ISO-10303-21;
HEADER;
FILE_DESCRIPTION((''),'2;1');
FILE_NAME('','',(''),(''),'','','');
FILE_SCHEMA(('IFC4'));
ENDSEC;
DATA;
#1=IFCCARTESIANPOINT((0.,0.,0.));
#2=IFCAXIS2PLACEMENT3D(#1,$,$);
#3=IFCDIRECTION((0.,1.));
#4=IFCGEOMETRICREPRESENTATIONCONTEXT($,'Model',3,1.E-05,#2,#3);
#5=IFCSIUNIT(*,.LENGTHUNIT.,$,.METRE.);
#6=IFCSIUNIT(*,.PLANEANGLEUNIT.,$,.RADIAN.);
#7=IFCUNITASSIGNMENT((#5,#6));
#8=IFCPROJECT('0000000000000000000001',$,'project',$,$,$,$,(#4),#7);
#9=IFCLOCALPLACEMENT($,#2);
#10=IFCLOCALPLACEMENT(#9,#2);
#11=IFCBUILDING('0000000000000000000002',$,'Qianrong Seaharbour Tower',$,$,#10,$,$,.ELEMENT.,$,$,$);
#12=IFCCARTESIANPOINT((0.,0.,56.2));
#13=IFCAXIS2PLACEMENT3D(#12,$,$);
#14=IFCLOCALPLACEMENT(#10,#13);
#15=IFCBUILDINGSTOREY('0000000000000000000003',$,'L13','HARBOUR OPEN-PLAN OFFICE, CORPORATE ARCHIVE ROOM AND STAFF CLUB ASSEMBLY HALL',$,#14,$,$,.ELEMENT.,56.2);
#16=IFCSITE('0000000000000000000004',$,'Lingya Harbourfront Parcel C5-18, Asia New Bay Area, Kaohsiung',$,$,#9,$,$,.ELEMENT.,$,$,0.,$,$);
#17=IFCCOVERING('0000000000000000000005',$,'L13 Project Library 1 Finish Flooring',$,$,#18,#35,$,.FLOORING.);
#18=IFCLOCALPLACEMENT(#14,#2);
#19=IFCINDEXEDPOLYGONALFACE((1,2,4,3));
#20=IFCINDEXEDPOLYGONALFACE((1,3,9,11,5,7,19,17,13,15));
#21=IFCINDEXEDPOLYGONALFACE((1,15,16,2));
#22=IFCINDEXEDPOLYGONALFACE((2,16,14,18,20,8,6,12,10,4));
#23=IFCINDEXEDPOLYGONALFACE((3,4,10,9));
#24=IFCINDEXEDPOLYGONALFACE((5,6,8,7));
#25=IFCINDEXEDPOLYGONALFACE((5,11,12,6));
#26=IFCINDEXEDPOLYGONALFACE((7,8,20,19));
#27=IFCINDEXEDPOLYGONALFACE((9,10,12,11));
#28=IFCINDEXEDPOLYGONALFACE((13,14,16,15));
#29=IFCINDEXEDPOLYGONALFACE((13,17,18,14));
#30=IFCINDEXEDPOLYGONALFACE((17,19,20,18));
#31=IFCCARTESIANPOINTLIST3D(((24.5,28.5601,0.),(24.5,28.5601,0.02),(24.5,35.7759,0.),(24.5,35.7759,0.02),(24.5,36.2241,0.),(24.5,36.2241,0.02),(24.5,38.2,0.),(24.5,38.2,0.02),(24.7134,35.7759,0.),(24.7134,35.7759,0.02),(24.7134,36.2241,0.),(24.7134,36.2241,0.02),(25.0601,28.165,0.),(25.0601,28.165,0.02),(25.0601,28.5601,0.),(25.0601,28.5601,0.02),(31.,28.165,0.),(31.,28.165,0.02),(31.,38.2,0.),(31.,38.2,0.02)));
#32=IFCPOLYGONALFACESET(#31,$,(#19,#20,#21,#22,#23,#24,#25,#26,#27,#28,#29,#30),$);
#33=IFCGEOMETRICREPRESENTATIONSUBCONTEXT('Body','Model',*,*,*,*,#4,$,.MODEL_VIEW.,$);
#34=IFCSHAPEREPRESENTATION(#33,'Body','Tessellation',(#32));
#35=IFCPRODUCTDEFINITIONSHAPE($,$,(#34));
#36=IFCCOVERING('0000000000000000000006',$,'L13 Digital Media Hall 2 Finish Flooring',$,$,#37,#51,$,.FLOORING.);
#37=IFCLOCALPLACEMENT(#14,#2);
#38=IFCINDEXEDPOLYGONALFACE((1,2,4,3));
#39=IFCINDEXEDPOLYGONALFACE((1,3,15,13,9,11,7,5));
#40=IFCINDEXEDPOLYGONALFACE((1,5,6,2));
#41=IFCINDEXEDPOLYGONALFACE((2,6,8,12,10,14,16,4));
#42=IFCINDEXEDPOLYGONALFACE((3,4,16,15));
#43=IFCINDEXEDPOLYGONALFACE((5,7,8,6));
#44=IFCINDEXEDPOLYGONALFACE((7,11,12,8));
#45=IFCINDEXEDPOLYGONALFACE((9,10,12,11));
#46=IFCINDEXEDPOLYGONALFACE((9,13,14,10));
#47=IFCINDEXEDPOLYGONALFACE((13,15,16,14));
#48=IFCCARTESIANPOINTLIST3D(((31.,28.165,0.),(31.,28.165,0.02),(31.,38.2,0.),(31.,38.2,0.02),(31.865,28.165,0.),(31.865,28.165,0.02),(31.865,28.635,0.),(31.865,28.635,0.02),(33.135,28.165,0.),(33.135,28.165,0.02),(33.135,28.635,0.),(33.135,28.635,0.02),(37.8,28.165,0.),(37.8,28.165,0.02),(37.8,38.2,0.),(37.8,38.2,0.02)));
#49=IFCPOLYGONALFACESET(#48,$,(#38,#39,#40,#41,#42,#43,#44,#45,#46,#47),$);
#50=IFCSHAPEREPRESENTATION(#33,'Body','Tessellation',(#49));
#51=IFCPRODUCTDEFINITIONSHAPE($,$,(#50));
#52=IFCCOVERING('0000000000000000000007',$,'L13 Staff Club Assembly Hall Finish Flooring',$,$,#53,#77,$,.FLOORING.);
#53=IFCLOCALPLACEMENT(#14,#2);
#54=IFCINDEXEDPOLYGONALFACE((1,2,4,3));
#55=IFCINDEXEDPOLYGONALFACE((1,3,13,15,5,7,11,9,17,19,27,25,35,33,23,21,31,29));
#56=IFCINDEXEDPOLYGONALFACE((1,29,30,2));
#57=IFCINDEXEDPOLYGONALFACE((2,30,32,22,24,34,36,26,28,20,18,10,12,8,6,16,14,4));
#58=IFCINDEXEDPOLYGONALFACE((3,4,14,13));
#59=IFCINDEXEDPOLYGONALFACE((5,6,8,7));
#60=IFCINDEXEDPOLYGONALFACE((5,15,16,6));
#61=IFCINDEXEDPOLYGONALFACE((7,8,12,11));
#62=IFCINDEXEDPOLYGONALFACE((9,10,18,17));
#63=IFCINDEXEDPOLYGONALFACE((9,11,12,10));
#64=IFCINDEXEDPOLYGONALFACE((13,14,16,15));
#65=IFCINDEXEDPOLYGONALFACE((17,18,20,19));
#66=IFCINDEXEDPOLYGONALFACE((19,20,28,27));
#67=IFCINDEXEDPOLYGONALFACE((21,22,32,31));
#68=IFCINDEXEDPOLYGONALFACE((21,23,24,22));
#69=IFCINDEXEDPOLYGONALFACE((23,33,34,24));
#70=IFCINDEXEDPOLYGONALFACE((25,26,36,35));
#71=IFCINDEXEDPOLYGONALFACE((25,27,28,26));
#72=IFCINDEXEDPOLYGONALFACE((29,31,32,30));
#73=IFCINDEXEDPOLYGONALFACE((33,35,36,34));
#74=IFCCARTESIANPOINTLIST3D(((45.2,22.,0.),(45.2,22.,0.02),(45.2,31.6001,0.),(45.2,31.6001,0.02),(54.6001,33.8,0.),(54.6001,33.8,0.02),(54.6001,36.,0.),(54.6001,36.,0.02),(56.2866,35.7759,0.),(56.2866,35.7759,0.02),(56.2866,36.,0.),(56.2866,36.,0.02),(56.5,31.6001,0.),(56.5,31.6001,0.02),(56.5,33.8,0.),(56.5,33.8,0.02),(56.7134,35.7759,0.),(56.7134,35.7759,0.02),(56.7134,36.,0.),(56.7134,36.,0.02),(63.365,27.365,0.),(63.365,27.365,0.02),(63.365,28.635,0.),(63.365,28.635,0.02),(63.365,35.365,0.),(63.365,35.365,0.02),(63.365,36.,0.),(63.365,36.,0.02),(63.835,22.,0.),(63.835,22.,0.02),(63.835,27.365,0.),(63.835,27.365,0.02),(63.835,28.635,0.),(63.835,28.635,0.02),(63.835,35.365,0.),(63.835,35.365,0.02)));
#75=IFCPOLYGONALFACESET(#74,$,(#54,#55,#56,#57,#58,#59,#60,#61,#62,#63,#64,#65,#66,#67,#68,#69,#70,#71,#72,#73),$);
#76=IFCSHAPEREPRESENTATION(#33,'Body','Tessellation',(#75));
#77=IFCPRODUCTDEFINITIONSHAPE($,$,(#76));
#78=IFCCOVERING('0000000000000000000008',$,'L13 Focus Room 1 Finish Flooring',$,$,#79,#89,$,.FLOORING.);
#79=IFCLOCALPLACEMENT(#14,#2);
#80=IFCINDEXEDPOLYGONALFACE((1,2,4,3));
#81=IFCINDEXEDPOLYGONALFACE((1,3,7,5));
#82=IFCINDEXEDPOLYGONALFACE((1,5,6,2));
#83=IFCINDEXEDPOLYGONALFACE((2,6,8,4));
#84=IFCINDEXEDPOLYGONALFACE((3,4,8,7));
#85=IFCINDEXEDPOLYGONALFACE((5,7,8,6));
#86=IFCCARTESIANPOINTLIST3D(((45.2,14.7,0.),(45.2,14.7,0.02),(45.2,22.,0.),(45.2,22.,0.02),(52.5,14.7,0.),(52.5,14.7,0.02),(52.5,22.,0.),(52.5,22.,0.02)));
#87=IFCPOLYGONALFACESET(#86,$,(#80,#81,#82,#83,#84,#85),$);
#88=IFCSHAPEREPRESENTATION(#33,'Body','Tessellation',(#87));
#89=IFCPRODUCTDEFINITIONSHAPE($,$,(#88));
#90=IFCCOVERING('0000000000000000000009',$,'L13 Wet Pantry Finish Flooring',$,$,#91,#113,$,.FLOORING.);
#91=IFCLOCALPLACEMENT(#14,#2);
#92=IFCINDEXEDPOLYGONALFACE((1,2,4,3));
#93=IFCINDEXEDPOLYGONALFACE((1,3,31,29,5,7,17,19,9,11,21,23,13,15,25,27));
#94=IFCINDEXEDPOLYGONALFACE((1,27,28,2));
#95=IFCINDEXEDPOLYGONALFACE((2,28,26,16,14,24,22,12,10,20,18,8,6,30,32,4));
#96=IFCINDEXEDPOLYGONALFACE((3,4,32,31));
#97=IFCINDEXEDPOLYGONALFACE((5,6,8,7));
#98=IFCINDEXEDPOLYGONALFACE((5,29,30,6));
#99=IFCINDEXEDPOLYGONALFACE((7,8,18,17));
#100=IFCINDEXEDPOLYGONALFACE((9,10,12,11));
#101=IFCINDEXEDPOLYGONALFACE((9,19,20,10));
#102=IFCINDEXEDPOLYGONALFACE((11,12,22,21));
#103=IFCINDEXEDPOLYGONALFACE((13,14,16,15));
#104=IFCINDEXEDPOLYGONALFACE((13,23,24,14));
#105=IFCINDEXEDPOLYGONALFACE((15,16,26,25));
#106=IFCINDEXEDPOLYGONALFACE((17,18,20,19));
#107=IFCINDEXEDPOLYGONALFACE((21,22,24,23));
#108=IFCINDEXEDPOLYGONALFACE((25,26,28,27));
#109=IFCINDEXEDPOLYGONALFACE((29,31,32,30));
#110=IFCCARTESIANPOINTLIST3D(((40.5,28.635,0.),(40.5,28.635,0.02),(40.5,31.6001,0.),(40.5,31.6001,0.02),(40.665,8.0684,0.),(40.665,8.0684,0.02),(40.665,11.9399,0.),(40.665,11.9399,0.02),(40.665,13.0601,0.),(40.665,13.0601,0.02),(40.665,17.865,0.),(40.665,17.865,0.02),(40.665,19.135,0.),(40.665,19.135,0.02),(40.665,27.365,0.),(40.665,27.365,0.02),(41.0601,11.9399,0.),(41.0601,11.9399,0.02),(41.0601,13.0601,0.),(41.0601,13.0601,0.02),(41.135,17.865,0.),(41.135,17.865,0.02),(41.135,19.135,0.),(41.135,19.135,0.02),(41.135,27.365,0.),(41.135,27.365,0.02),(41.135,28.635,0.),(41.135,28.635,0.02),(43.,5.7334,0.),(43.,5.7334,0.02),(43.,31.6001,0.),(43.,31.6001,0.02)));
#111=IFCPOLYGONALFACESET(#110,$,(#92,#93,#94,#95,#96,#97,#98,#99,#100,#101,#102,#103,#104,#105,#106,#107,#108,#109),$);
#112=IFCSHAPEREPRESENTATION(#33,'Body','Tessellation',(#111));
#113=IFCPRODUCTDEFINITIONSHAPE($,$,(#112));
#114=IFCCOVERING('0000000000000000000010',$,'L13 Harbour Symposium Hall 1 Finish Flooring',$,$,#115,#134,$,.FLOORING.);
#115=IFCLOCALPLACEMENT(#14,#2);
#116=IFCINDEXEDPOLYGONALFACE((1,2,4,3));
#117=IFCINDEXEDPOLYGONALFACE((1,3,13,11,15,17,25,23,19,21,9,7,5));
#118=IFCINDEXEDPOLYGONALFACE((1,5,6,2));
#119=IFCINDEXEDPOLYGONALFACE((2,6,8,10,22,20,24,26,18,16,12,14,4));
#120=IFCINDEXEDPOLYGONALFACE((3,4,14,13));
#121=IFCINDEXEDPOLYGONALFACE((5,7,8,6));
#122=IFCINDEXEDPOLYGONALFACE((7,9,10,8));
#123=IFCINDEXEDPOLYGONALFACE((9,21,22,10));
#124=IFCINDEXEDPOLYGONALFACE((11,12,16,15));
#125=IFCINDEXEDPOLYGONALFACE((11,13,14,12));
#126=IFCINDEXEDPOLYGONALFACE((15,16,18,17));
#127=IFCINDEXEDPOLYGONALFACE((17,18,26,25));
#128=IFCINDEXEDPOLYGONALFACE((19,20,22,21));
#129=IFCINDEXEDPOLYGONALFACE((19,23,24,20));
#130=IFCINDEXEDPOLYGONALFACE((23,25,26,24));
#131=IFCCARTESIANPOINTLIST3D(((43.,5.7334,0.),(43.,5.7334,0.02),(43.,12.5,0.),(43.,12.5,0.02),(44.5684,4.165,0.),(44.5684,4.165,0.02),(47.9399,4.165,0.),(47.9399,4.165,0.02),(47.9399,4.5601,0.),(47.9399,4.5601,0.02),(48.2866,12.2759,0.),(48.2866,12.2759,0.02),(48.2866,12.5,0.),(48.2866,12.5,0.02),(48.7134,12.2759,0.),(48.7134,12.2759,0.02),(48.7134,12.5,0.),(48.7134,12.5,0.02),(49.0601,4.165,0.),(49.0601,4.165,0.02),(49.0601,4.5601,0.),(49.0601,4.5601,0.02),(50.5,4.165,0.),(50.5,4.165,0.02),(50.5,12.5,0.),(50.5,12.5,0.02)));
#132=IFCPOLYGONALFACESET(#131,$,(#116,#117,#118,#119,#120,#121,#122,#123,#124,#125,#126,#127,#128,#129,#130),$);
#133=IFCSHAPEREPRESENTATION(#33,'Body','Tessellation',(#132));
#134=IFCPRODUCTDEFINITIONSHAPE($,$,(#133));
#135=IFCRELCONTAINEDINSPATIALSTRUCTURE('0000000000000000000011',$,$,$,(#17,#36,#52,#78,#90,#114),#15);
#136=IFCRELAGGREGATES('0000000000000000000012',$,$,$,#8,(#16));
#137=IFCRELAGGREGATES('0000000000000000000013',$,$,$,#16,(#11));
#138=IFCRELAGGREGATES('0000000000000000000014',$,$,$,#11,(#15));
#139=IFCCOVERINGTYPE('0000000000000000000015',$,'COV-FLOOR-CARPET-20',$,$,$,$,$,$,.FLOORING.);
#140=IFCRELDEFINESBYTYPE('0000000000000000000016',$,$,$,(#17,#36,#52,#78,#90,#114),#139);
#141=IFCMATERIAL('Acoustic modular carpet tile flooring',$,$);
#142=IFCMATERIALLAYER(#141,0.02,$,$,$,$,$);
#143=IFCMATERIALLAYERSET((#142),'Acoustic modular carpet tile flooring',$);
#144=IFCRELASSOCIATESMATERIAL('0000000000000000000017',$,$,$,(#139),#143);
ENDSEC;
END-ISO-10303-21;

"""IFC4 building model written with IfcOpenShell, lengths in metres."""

from ifc_helpers import new_model, si_unit, direction, frame, origin, place, context, subcontext, project, spatial, polyline, outline, extrude, material, layer, layer_set, type_object, element, save


model = new_model("IFC4")

# Units and contexts
model_context = context("Model", 3, precision=1e-05, world=origin(), true_north=direction((0.0, 1.0)))
body_context = subcontext(model_context, "Body", "Model", "MODEL_VIEW")
ifc_project = project(units=[si_unit("LENGTHUNIT", "METRE"), si_unit("PLANEANGLEUNIT", "RADIAN")], contexts=[model_context])

# Site, building, storey
site_placement = place(None, origin())
site = spatial("IfcSite", under=ifc_project, at=site_placement, Name="Lingya Harbourfront Parcel C5-18, Asia New Bay Area, Kaohsiung", CompositionType="ELEMENT", RefElevation=0.0)
building_placement = place(site_placement, origin())
building = spatial("IfcBuilding", under=site, at=building_placement, Name="Qianrong Seaharbour Tower", CompositionType="ELEMENT")
storey_placement = place(building_placement, frame((0.0, 0.0, 56.2)))
storey = spatial("IfcBuildingStorey", under=building, at=storey_placement, Name="L13", Description="HARBOUR OPEN-PLAN OFFICE, CORPORATE ARCHIVE ROOM AND STAFF CLUB ASSEMBLY HALL", CompositionType="ELEMENT", Elevation=56.2)

# Coverings
ifc_material_1 = material(Name="Acoustic modular carpet tile flooring")
ifc_layer_1 = layer(ifc_material_1, 0.02)
ifc_layer_set_1 = layer_set([ifc_layer_1], Name="Acoustic modular carpet tile flooring")
covering_type_1 = type_object("IfcCoveringType", Name="COV-FLOOR-CARPET-20", PredefinedType="FLOORING", material=ifc_layer_set_1)
covering_1_placement = place(storey_placement, origin())
element("IfcCovering", 1, at=covering_1_placement, inside=storey, type_object=covering_type_1, Name="L13 Project Library 1 Finish Flooring", PredefinedType="FLOORING", context=body_context, shape_type="SweptSolid", body=[
    extrude(outline(polyline([(31.0, 28.165), (25.0601, 28.165), (25.0601, 28.5601), (24.5, 28.5601), (24.5, 35.7759), (24.7134, 35.7759), (24.7134, 36.2241), (24.5, 36.2241), (24.5, 38.2), (31.0, 38.2), (31.0, 28.165)])), origin(), (0.0, 0.0, 1.0), 0.02),
])
covering_2_placement = place(storey_placement, origin())
element("IfcCovering", 2, at=covering_2_placement, inside=storey, type_object=covering_type_1, Name="L13 Digital Media Hall 2 Finish Flooring", PredefinedType="FLOORING", context=body_context, shape_type="SweptSolid", body=[
    extrude(outline(polyline([(37.8, 28.165), (33.135, 28.165), (33.135, 28.635), (31.865, 28.635), (31.865, 28.165), (31.0, 28.165), (31.0, 38.2), (37.8, 38.2), (37.8, 28.165)])), origin(), (0.0, 0.0, 1.0), 0.02),
])
covering_3_placement = place(storey_placement, origin())
element("IfcCovering", 3, at=covering_3_placement, inside=storey, type_object=covering_type_1, Name="L13 Staff Club Assembly Hall Finish Flooring", PredefinedType="FLOORING", context=body_context, shape_type="SweptSolid", body=[
    extrude(outline(polyline([(56.5, 31.6001), (56.5, 33.8), (54.6001, 33.8), (54.6001, 36.0), (56.2866, 36.0), (56.2866, 35.7759), (56.7134, 35.7759), (56.7134, 36.0), (63.365, 36.0), (63.365, 35.365), (63.835, 35.365), (63.835, 28.635), (63.365, 28.635), (63.365, 27.365), (63.835, 27.365), (63.835, 22.0), (45.2, 22.0), (45.2, 31.6001), (56.5, 31.6001)])), origin(), (0.0, 0.0, 1.0), 0.02),
])
covering_4_placement = place(storey_placement, origin())
element("IfcCovering", 4, at=covering_4_placement, inside=storey, type_object=covering_type_1, Name="L13 Focus Room 1 Finish Flooring", PredefinedType="FLOORING", context=body_context, shape_type="SweptSolid", body=[
    extrude(outline(polyline([(52.5, 22.0), (52.5, 14.7), (45.2, 14.7), (45.2, 22.0), (52.5, 22.0)])), origin(), (0.0, 0.0, 1.0), 0.02),
])
covering_5_placement = place(storey_placement, origin())
element("IfcCovering", 5, at=covering_5_placement, inside=storey, type_object=covering_type_1, Name="L13 Wet Pantry Finish Flooring", PredefinedType="FLOORING", context=body_context, shape_type="SweptSolid", body=[
    extrude(outline(polyline([(43.0, 5.7334), (40.665, 8.0684), (40.665, 11.9399), (41.0601, 11.9399), (41.0601, 13.0601), (40.665, 13.0601), (40.665, 17.865), (41.135, 17.865), (41.135, 19.135), (40.665, 19.135), (40.665, 27.365), (41.135, 27.365), (41.135, 28.635), (40.5, 28.635), (40.5, 31.6001), (43.0, 31.6001), (43.0, 5.7334)])), origin(), (0.0, 0.0, 1.0), 0.02),
])
covering_6_placement = place(storey_placement, origin())
element("IfcCovering", 6, at=covering_6_placement, inside=storey, type_object=covering_type_1, Name="L13 Harbour Symposium Hall 1 Finish Flooring", PredefinedType="FLOORING", context=body_context, shape_type="SweptSolid", body=[
    extrude(outline(polyline([(50.5, 4.165), (49.0601, 4.165), (49.0601, 4.5601), (47.9399, 4.5601), (47.9399, 4.165), (44.5684, 4.165), (43.0, 5.7334), (43.0, 12.5), (48.2866, 12.5), (48.2866, 12.2759), (48.7134, 12.2759), (48.7134, 12.5), (50.5, 12.5), (50.5, 4.165)])), origin(), (0.0, 0.0, 1.0), 0.02),
])

save(model, "model.ifc")
